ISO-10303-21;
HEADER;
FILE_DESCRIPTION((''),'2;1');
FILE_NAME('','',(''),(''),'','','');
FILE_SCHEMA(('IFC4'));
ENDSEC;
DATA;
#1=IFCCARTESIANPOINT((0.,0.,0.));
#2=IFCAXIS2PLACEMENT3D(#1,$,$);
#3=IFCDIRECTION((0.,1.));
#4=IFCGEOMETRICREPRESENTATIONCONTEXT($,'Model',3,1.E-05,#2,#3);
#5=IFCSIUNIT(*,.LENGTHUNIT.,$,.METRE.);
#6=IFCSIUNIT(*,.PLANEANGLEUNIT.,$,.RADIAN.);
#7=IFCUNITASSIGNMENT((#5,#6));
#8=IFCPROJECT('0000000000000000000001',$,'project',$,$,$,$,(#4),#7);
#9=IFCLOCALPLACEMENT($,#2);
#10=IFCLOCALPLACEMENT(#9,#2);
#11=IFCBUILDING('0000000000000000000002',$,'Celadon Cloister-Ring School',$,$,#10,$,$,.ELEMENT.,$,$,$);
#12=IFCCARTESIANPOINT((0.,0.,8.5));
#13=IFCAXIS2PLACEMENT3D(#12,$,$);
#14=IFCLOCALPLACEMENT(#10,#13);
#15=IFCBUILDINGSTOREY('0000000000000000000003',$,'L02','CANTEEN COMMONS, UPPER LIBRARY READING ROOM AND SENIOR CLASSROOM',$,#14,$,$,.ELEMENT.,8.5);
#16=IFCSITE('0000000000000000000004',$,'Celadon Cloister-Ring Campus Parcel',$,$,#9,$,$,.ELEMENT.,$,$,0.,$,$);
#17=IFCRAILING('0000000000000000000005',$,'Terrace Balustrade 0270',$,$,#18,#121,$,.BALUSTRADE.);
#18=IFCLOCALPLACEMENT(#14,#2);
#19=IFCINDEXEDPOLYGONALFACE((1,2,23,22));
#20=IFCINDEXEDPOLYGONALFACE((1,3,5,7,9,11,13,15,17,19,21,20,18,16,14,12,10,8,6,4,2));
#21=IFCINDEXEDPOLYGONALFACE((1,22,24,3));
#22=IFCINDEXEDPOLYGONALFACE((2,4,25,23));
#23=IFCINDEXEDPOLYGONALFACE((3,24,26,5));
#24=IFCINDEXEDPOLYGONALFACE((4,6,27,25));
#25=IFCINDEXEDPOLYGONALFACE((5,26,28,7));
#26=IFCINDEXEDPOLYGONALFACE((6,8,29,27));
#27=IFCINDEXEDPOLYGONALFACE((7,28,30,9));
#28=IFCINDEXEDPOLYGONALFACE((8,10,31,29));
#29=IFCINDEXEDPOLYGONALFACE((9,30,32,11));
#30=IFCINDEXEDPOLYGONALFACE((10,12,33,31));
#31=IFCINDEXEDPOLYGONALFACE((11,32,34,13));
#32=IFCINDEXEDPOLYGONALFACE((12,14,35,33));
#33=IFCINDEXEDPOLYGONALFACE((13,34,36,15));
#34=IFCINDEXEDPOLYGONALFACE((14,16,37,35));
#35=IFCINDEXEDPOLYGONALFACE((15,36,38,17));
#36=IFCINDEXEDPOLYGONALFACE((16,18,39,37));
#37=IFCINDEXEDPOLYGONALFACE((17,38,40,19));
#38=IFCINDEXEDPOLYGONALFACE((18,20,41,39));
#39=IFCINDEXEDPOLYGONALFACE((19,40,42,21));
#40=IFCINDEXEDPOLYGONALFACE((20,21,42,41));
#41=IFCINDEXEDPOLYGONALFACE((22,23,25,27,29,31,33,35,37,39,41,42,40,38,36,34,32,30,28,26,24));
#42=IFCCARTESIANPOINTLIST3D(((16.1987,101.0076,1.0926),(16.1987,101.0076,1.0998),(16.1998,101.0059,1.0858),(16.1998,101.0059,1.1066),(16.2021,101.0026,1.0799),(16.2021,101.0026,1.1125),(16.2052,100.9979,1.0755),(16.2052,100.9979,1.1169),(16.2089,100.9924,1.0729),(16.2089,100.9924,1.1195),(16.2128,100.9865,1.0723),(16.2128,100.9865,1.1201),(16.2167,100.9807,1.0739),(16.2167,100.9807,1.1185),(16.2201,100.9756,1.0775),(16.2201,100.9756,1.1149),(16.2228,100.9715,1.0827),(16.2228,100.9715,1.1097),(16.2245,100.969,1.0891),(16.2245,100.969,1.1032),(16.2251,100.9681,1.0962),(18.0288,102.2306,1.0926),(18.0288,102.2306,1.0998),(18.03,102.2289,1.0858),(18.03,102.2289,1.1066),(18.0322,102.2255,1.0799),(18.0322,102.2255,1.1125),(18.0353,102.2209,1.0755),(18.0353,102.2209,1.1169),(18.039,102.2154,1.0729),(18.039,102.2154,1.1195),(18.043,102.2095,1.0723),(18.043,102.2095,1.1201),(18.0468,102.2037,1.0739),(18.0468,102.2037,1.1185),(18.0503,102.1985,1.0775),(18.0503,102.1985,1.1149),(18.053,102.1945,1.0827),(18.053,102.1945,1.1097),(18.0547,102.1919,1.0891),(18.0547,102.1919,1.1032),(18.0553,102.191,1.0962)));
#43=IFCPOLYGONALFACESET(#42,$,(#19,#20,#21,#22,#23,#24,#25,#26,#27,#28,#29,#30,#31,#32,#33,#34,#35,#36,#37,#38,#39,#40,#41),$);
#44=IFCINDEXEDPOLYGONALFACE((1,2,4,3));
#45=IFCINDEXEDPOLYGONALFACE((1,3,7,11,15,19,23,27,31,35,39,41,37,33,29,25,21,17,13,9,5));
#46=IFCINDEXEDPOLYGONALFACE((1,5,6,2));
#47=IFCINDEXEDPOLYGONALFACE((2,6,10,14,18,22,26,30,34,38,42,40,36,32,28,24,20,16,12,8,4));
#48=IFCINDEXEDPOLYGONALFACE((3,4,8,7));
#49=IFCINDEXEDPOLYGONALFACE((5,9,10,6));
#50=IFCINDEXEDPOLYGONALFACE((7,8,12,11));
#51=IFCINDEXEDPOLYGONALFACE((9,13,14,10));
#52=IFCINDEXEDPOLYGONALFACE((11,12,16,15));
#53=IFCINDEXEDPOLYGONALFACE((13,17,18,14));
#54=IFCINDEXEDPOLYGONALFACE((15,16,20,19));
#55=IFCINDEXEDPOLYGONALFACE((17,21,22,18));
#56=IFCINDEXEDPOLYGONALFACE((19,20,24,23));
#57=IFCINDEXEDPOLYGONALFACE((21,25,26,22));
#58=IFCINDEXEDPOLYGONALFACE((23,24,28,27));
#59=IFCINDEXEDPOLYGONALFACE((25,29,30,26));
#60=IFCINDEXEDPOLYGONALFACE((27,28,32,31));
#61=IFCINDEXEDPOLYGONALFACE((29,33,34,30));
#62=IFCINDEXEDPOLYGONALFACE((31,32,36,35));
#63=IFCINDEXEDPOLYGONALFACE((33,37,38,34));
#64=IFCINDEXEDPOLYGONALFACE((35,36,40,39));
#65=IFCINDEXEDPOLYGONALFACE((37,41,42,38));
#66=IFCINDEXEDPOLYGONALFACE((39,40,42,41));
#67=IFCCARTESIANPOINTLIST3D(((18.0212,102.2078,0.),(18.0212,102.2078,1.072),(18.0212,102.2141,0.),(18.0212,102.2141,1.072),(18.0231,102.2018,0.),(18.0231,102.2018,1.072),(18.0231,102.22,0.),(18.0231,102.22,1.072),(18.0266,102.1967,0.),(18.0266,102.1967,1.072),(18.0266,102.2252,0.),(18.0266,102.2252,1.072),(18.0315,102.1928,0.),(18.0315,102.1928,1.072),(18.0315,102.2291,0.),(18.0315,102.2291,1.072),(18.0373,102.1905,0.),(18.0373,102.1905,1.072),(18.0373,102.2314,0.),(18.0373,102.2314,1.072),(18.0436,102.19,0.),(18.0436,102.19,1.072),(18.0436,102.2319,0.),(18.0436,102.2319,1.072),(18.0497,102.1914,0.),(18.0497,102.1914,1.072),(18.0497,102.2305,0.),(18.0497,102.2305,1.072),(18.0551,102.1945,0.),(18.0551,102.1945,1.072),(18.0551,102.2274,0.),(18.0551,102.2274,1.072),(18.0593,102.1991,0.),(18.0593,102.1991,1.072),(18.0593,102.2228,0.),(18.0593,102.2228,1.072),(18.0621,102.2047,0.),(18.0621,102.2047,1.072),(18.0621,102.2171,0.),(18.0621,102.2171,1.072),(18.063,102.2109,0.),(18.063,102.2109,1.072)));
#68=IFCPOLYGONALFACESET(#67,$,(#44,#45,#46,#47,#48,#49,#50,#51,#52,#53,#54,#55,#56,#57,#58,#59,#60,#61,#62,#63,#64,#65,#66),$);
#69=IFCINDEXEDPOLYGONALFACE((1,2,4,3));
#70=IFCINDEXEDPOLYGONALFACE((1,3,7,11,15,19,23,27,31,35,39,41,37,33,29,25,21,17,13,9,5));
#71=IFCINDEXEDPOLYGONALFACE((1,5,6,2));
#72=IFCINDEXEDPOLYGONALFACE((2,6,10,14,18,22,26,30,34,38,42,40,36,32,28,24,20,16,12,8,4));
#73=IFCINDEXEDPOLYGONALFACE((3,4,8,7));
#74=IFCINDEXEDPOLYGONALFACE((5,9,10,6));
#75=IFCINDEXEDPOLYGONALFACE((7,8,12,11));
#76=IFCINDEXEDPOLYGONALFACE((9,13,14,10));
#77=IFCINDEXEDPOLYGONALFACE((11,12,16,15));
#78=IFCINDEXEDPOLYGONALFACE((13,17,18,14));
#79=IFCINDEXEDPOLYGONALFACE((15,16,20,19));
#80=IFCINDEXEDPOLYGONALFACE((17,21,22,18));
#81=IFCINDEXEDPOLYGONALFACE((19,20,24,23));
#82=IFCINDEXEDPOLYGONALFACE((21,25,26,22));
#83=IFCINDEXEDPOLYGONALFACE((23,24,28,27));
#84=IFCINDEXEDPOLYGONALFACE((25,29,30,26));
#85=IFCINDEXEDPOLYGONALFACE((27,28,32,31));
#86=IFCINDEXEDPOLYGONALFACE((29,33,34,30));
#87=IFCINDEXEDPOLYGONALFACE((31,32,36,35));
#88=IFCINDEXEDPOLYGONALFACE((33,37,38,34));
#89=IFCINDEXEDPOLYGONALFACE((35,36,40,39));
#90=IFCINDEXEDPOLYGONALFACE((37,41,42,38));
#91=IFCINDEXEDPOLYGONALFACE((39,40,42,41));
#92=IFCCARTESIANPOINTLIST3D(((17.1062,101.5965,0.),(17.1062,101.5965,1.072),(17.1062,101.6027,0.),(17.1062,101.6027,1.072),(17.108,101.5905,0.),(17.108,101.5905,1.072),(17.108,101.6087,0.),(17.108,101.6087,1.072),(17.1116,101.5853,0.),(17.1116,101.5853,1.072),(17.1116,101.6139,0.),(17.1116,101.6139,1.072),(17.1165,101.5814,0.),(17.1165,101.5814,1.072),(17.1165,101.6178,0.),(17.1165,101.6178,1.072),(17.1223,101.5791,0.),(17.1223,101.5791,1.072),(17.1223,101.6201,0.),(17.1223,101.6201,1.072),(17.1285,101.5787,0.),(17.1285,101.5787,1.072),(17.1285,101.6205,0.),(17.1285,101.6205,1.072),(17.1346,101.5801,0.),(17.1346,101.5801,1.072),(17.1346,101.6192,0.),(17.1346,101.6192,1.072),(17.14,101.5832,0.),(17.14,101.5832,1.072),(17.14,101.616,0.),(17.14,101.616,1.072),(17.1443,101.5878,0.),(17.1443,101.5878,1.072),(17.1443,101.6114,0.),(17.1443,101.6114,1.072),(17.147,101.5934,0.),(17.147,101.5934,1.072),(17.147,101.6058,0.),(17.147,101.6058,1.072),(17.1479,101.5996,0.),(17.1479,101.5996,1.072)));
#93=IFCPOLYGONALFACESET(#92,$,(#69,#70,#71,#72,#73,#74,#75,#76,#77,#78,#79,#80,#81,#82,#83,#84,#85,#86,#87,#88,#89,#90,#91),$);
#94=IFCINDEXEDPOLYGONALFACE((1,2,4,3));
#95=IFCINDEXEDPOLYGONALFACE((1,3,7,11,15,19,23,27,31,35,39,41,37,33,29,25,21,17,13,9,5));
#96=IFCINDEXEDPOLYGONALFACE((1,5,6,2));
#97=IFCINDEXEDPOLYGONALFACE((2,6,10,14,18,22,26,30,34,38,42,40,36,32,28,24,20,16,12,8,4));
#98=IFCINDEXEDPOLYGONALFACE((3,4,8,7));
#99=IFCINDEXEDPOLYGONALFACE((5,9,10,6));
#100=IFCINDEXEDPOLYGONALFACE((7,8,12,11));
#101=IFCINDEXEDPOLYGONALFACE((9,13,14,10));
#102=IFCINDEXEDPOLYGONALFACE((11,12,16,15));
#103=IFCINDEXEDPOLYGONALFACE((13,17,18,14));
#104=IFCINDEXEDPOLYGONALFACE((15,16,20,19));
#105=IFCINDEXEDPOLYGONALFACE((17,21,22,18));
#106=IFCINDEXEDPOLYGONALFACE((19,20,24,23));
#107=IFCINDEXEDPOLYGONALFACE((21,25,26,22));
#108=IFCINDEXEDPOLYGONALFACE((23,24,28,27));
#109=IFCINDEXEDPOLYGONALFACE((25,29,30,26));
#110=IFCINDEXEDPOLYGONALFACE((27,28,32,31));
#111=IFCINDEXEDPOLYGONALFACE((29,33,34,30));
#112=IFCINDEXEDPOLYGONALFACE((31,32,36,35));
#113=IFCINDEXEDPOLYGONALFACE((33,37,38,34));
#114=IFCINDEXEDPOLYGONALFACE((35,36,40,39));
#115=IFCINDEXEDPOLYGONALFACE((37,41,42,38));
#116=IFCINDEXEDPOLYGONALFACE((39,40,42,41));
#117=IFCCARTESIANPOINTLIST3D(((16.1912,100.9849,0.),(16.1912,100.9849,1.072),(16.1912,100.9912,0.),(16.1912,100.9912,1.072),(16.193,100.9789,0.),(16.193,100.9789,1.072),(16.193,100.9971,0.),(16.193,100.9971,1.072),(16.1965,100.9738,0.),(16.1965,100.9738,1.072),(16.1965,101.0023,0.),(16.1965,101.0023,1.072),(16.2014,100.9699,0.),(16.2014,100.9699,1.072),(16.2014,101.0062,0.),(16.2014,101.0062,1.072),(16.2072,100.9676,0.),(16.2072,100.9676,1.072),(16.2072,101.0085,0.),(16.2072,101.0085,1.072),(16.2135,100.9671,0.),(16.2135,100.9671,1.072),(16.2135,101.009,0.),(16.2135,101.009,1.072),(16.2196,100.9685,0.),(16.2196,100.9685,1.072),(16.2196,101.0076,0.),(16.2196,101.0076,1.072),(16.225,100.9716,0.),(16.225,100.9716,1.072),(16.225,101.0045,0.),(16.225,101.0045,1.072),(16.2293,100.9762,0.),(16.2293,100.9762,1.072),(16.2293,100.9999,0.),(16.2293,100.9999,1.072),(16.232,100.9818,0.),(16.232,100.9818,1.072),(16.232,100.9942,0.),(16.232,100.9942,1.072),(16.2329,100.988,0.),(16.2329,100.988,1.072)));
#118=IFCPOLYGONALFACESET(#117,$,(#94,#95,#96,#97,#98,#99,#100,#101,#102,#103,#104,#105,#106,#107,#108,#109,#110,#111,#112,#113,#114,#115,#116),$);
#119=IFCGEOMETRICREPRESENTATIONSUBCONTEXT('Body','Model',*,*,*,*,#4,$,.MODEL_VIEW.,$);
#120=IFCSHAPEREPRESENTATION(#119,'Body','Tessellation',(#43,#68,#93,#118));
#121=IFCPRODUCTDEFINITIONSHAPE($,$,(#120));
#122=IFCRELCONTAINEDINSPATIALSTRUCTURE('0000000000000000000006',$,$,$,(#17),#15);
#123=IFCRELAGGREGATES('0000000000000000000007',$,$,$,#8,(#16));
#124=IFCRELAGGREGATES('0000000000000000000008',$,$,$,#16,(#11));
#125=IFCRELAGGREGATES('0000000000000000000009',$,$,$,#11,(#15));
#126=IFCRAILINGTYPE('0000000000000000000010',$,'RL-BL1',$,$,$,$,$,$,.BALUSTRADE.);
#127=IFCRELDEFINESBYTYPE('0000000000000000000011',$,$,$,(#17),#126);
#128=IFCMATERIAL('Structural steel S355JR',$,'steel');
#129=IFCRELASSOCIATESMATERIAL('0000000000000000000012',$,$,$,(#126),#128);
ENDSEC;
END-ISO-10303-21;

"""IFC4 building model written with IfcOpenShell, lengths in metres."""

from ifc_helpers import new_model, si_unit, direction, frame, origin, origin_2d, place, context, subcontext, project, spatial, circle, extrude, material, type_object, element, save


model = new_model("IFC4")

# Units and contexts
model_context = context("Model", 3, precision=1e-05, world=origin(), true_north=direction((0.0, 1.0)))
body_context = subcontext(model_context, "Body", "Model", "MODEL_VIEW")
ifc_project = project(units=[si_unit("LENGTHUNIT", "METRE"), si_unit("PLANEANGLEUNIT", "RADIAN")], contexts=[model_context])

# Site, building, storey
site_placement = place(None, origin())
site = spatial("IfcSite", under=ifc_project, at=site_placement, Name="Celadon Cloister-Ring Campus Parcel", CompositionType="ELEMENT", RefElevation=0.0)
building_placement = place(site_placement, origin())
building = spatial("IfcBuilding", under=site, at=building_placement, Name="Celadon Cloister-Ring School", CompositionType="ELEMENT")
storey_placement = place(building_placement, frame((0.0, 0.0, 8.5)))
storey = spatial("IfcBuildingStorey", under=building, at=storey_placement, Name="L02", Description="CANTEEN COMMONS, UPPER LIBRARY READING ROOM AND SENIOR CLASSROOM", CompositionType="ELEMENT", Elevation=8.5)

# Railing
ifc_material_1 = material(Name="Structural steel S355JR", Category="steel")
railing_type = type_object("IfcRailingType", Name="RL-BL1", PredefinedType="BALUSTRADE", material=ifc_material_1)
railing_1_placement = place(storey_placement, frame((18.042, 102.2109, 0.0)))
element("IfcRailing", 1, at=railing_1_placement, inside=storey, type_object=railing_type, Name="Terrace Balustrade 0270", PredefinedType="BALUSTRADE", context=body_context, shape_type="SweptSolid", body=[
    extrude(circle(Radius=0.0239, at=origin_2d()), frame((0.0, 0.0, 1.0962), z_axis=(-0.831453, -0.555596, 0.0), x_axis=(0.555596, -0.831453, 0.0)), (0.0, 0.0, 1.0), 2.2012),
    extrude(circle(Radius=0.021, at=origin_2d()), origin(), (0.0, 0.0, 1.0), 1.072),
    extrude(circle(Radius=0.021, at=origin_2d()), frame((-0.915, -0.6113, 0.0)), (0.0, 0.0, 1.0), 1.072),
    extrude(circle(Radius=0.021, at=origin_2d()), frame((-1.8301, -1.2229, 0.0)), (0.0, 0.0, 1.0), 1.072),
])

save(model, "model.ifc")
